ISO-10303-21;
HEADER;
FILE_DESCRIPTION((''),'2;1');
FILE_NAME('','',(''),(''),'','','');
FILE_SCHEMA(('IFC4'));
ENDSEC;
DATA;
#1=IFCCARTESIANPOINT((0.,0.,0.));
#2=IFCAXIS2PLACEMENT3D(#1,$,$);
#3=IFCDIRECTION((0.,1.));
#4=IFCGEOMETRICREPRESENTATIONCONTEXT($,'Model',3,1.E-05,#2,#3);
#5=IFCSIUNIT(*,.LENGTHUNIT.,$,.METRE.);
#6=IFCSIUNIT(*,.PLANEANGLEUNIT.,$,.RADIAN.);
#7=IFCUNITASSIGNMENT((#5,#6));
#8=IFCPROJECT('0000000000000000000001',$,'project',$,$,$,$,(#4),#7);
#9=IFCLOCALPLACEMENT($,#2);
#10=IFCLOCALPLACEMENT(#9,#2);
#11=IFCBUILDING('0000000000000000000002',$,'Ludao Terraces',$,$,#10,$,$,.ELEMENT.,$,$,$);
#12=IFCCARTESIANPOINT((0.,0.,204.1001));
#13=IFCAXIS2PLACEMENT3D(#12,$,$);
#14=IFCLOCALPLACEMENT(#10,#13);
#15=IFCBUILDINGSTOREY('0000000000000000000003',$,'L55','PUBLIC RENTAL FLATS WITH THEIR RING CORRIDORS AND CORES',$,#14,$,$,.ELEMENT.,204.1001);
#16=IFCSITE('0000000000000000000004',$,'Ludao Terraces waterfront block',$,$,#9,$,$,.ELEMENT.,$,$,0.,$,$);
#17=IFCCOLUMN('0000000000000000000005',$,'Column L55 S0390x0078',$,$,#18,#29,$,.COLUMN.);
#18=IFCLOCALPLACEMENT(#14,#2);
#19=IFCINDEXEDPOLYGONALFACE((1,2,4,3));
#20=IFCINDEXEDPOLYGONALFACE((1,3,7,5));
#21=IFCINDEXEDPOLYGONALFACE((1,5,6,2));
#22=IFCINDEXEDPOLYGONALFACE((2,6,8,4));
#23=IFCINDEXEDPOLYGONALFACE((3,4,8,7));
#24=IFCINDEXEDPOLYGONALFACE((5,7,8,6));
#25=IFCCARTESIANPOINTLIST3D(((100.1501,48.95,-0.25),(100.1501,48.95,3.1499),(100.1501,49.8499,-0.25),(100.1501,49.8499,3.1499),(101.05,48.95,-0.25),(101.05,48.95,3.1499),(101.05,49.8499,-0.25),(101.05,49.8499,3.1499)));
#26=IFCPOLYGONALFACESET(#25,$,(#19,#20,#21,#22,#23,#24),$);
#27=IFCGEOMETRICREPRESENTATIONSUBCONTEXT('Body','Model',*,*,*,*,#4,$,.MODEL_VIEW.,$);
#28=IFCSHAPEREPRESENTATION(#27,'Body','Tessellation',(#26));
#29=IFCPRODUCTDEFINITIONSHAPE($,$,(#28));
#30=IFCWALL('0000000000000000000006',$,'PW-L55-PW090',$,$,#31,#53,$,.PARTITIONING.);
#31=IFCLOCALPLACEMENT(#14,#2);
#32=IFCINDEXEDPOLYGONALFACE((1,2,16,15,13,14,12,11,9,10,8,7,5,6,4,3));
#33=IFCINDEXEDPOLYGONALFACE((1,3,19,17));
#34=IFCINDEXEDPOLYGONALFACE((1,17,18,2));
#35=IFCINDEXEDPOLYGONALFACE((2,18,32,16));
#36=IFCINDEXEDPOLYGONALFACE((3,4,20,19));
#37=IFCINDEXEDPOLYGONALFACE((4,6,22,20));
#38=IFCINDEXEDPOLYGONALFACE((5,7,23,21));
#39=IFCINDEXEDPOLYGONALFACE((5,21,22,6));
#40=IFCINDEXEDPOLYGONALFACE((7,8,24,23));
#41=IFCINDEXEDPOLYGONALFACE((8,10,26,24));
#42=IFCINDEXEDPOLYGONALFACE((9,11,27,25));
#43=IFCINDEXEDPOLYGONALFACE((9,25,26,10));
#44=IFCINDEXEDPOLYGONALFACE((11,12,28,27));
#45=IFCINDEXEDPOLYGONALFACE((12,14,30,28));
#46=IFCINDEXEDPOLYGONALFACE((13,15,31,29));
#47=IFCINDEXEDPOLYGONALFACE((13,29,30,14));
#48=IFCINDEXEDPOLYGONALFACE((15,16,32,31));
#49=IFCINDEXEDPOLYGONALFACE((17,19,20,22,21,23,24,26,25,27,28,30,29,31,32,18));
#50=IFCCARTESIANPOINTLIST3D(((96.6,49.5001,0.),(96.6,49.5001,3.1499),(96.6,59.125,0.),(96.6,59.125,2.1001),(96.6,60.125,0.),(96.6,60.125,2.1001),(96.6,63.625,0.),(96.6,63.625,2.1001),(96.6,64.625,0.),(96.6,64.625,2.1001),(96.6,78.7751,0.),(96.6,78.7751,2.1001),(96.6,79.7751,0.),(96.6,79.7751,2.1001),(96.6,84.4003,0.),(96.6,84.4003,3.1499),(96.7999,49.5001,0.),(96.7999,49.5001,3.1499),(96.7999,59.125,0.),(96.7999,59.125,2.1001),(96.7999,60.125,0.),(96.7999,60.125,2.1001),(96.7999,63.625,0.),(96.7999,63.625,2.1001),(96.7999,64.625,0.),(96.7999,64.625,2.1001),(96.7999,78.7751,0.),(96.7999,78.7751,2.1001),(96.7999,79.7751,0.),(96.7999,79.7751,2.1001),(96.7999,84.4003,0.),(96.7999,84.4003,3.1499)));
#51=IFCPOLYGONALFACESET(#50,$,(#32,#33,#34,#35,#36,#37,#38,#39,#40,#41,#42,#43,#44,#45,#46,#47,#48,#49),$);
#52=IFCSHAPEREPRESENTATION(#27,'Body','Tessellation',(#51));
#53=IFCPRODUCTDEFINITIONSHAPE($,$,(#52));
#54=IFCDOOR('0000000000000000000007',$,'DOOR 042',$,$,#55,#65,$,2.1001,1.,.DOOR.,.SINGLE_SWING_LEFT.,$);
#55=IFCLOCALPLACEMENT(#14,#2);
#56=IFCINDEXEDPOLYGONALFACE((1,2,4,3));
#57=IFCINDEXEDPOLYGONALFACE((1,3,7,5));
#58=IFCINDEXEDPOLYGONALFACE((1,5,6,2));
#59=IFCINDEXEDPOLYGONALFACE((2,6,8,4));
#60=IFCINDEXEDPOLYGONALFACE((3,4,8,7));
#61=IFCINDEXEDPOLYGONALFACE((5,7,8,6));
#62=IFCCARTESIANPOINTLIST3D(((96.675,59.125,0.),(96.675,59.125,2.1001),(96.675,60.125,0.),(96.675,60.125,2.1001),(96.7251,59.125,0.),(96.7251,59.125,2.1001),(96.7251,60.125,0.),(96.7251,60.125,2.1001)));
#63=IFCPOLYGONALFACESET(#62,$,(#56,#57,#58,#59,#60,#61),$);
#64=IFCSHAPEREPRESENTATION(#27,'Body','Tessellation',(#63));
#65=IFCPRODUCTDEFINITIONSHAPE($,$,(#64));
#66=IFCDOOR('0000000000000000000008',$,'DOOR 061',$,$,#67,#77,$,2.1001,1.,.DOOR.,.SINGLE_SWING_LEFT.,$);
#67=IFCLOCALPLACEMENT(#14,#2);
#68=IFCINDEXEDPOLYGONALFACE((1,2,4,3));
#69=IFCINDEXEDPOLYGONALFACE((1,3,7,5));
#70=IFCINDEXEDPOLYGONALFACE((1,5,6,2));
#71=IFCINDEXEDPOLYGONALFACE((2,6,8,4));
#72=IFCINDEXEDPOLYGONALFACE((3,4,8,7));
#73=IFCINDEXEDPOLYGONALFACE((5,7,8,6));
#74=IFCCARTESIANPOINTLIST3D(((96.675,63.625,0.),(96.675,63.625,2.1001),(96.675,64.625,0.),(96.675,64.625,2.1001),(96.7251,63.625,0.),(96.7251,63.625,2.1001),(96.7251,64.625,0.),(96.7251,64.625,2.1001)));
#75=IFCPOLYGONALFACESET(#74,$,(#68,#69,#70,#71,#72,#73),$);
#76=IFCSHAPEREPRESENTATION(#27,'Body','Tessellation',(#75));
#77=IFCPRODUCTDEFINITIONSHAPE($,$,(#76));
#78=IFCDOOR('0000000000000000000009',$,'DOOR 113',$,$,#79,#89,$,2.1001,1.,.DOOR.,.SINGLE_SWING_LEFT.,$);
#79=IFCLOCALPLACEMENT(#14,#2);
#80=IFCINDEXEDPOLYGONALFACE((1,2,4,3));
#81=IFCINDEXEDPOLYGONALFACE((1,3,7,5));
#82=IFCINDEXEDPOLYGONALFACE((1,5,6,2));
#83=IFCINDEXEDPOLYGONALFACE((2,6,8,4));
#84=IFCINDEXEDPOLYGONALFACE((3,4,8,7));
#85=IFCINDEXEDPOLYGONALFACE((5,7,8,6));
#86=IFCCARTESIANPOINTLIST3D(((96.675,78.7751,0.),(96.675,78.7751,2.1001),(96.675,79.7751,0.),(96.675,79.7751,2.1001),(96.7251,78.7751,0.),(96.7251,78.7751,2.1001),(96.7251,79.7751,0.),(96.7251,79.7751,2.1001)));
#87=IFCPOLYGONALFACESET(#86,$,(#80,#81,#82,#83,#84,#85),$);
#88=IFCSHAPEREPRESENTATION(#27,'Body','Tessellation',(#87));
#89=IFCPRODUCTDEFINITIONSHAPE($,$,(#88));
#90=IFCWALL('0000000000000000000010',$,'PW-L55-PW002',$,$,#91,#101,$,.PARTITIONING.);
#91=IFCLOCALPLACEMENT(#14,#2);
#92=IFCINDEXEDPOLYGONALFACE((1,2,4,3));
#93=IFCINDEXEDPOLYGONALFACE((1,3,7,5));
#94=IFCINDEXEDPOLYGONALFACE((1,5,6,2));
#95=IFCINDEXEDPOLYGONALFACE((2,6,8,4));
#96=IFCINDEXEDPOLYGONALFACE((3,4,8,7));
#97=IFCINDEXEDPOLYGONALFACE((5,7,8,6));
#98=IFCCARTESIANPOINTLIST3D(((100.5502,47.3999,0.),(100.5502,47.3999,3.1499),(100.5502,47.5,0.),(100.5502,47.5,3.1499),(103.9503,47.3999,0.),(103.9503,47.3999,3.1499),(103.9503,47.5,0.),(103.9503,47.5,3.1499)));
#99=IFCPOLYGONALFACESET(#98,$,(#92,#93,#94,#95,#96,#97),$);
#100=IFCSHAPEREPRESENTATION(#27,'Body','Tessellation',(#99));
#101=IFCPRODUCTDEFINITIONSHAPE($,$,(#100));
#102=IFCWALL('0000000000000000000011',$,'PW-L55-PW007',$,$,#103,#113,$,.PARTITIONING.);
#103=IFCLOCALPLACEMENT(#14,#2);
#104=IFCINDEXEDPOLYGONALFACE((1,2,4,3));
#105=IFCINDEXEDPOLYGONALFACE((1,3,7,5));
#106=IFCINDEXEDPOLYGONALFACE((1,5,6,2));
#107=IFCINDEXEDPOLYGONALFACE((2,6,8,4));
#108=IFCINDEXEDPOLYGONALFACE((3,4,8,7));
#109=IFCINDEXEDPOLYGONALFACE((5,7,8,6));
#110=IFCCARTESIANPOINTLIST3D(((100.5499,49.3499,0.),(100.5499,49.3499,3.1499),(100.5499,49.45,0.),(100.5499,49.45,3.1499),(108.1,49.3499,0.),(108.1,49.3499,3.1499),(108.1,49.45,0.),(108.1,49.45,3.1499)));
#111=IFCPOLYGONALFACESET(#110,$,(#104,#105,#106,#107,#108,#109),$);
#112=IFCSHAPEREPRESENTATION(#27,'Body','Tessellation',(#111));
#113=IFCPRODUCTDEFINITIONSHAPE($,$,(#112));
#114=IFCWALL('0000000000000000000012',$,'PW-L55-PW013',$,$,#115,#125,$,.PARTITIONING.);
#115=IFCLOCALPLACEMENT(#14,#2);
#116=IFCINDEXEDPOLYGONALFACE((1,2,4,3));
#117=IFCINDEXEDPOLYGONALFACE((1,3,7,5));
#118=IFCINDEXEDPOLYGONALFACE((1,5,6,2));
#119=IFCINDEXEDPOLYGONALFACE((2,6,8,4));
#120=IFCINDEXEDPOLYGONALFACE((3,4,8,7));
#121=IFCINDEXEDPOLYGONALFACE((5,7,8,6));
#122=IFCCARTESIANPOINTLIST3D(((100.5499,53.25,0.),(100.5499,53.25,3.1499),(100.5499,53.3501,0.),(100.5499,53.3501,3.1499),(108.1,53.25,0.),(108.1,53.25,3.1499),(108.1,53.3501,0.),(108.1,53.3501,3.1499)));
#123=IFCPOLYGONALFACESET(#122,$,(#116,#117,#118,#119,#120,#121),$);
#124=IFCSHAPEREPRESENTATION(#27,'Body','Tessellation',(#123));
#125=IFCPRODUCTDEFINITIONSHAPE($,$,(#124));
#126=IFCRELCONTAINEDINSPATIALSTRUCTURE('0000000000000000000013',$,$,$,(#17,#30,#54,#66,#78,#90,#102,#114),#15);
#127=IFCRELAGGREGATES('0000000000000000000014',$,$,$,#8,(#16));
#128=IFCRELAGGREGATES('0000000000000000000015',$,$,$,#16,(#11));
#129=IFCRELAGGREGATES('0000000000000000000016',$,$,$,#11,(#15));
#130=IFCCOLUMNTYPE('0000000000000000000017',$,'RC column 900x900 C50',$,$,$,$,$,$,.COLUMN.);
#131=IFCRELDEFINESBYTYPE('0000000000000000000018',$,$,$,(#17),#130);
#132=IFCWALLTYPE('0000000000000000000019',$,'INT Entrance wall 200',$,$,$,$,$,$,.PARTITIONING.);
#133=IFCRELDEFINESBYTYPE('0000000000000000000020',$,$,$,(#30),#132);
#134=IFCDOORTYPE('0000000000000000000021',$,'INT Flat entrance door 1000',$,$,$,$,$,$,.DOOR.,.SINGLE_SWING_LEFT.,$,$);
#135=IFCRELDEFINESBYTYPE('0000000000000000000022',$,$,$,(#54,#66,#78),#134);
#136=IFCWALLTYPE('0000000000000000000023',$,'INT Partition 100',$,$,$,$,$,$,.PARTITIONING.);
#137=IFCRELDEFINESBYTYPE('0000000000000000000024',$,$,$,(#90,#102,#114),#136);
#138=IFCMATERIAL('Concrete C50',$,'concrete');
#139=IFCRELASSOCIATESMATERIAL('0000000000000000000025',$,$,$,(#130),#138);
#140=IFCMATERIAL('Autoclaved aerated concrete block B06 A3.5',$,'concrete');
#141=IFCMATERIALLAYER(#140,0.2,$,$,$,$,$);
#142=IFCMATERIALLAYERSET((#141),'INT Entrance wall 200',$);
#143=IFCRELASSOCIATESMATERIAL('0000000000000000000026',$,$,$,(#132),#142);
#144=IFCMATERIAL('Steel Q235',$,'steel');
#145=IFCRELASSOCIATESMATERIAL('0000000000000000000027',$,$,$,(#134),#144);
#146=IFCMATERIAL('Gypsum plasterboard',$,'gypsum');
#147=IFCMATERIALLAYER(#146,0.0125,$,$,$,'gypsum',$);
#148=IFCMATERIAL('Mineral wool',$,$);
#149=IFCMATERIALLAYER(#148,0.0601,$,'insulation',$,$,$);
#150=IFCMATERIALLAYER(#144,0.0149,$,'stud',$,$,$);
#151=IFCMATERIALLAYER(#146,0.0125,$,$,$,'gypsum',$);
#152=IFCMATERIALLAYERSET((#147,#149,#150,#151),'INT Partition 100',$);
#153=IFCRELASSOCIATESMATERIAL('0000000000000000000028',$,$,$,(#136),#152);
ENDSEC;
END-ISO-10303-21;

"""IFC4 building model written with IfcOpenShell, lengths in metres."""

from ifc_helpers import new_model, si_unit, direction, frame, frame_2d, origin, origin_2d, place, context, subcontext, project, spatial, rectangle, extrude, material, layer, layer_set, material_profile, profile_set, type_object, element, fill, save


model = new_model("IFC4")

# Units and contexts
model_context = context("Model", 3, precision=1e-05, world=origin(), true_north=direction((0.0, 1.0)))
body_context = subcontext(model_context, "Body", "Model", "MODEL_VIEW")
ifc_project = project(units=[si_unit("LENGTHUNIT", "METRE"), si_unit("PLANEANGLEUNIT", "RADIAN")], contexts=[model_context])

# Site, building, storey
site_placement = place(None, origin())
site = spatial("IfcSite", under=ifc_project, at=site_placement, Name="Ludao Terraces waterfront block", CompositionType="ELEMENT", RefElevation=0.0)
building_placement = place(site_placement, origin())
building = spatial("IfcBuilding", under=site, at=building_placement, Name="Ludao Terraces", CompositionType="ELEMENT")
storey_placement = place(building_placement, frame((0.0, 0.0, 204.1001)))
storey = spatial("IfcBuildingStorey", under=building, at=storey_placement, Name="L55", Description="PUBLIC RENTAL FLATS WITH THEIR RING CORRIDORS AND CORES", CompositionType="ELEMENT", Elevation=204.1001)

# Column
ifc_material_1 = material(Name="Concrete C50", Category="concrete")
ifc_material_profile = material_profile(ifc_material_1, rectangle(XDim=0.8999, YDim=0.8999, at=origin_2d()), Name="900 X 900")
ifc_profile_set = profile_set([ifc_material_profile], Name="Concrete C50")
column_type = type_object("IfcColumnType", Name="RC column 900x900 C50", PredefinedType="COLUMN", material=ifc_profile_set)
column_placement = place(storey_placement, frame((100.6001, 49.3999, -0.25), z_axis=(0.0, 0.0, 1.0), x_axis=(1.0, 0.0, 0.0)))
element("IfcColumn", 1, at=column_placement, inside=storey, type_object=column_type, Name="Column L55 S0390x0078", PredefinedType="COLUMN", context=body_context, shape_type="SweptSolid", body=[
    extrude(rectangle(XDim=0.8999, YDim=0.8999, at=origin_2d()), origin(), (0.0, 0.0, 1.0), 3.3999),
])

# Wall, openings, doors
ifc_material_2 = material(Name="Autoclaved aerated concrete block B06 A3.5", Category="concrete")
ifc_layer_1 = layer(ifc_material_2, 0.2)
ifc_layer_set_1 = layer_set([ifc_layer_1], Name="INT Entrance wall 200")
wall_type_1 = type_object("IfcWallType", Name="INT Entrance wall 200", PredefinedType="PARTITIONING", material=ifc_layer_set_1)
wall_1_placement = place(storey_placement, frame((96.7, 49.5, 0.0), z_axis=(0.0, 0.0, 1.0), x_axis=(0.0, 1.0, 0.0)))
wall_1 = element("IfcWall", 2, at=wall_1_placement, inside=storey, type_object=wall_type_1, Name="PW-L55-PW090", PredefinedType="PARTITIONING", context=body_context, shape_type="SweptSolid", body=[
    extrude(rectangle(XDim=34.9001, YDim=0.2, at=frame_2d((17.4502, 0.0))), origin(), (0.0, 0.0, 1.0), 3.1499),
])
opening_1_placement = place(wall_1_placement, frame((9.625, 0.0, 0.0)))
opening_1 = element("IfcOpeningElement", 3, at=opening_1_placement, cuts=wall_1, PredefinedType="OPENING", context=body_context, shape_type="SweptSolid", body=[
    extrude(rectangle(XDim=1.0, YDim=2.1001, at=frame_2d((0.5, 1.05))), frame((0.0, 0.1099, 0.0), z_axis=(0.0, -1.0, 0.0), x_axis=(1.0, 0.0, 0.0)), (0.0, 0.0, 1.0), 0.22),
])
opening_2_placement = place(wall_1_placement, frame((14.125, 0.0, 0.0)))
opening_2 = element("IfcOpeningElement", 4, at=opening_2_placement, cuts=wall_1, PredefinedType="OPENING", context=body_context, shape_type="SweptSolid", body=[
    extrude(rectangle(XDim=1.0, YDim=2.1001, at=frame_2d((0.5, 1.05))), frame((0.0, 0.1099, 0.0), z_axis=(0.0, -1.0, 0.0), x_axis=(1.0, 0.0, 0.0)), (0.0, 0.0, 1.0), 0.22),
])
opening_3_placement = place(wall_1_placement, frame((29.2751, 0.0, 0.0)))
opening_3 = element("IfcOpeningElement", 5, at=opening_3_placement, cuts=wall_1, PredefinedType="OPENING", context=body_context, shape_type="SweptSolid", body=[
    extrude(rectangle(XDim=1.0, YDim=2.1001, at=frame_2d((0.5, 1.05))), frame((0.0, 0.1099, 0.0), z_axis=(0.0, -1.0, 0.0), x_axis=(1.0, 0.0, 0.0)), (0.0, 0.0, 1.0), 0.22),
])
ifc_material_3 = material(Name="Steel Q235", Category="steel")
door_type = type_object("IfcDoorType", Name="INT Flat entrance door 1000", OperationType="SINGLE_SWING_LEFT", PredefinedType="DOOR", material=ifc_material_3)
door_1_placement = place(opening_1_placement, origin())
door_1 = element("IfcDoor", 6, at=door_1_placement, inside=storey, type_object=door_type, Name="DOOR 042", OperationType="SINGLE_SWING_LEFT", OverallHeight=2.1001, OverallWidth=1.0, PredefinedType="DOOR", context=body_context, shape_type="SweptSolid", body=[
    extrude(rectangle(XDim=1.0, YDim=2.1001, at=frame_2d((0.5, 1.05))), frame((0.0, 0.0249, 0.0), z_axis=(0.0, -1.0, 0.0), x_axis=(1.0, 0.0, 0.0)), (0.0, 0.0, 1.0), 0.05),
])
fill(opening_1, door_1)
door_2_placement = place(opening_2_placement, origin())
door_2 = element("IfcDoor", 7, at=door_2_placement, inside=storey, type_object=door_type, Name="DOOR 061", OperationType="SINGLE_SWING_LEFT", OverallHeight=2.1001, OverallWidth=1.0, PredefinedType="DOOR", context=body_context, shape_type="SweptSolid", body=[
    extrude(rectangle(XDim=1.0, YDim=2.1001, at=frame_2d((0.5, 1.05))), frame((0.0, 0.0249, 0.0), z_axis=(0.0, -1.0, 0.0), x_axis=(1.0, 0.0, 0.0)), (0.0, 0.0, 1.0), 0.05),
])
fill(opening_2, door_2)
door_3_placement = place(opening_3_placement, origin())
door_3 = element("IfcDoor", 8, at=door_3_placement, inside=storey, type_object=door_type, Name="DOOR 113", OperationType="SINGLE_SWING_LEFT", OverallHeight=2.1001, OverallWidth=1.0, PredefinedType="DOOR", context=body_context, shape_type="SweptSolid", body=[
    extrude(rectangle(XDim=1.0, YDim=2.1001, at=frame_2d((0.5, 1.05))), frame((0.0, 0.0249, 0.0), z_axis=(0.0, -1.0, 0.0), x_axis=(1.0, 0.0, 0.0)), (0.0, 0.0, 1.0), 0.05),
])
fill(opening_3, door_3)

# Walls
ifc_material_4 = material(Name="Gypsum plasterboard", Category="gypsum")
ifc_layer_2 = layer(ifc_material_4, 0.0125, Category="gypsum")
ifc_material_5 = material(Name="Mineral wool")
ifc_layer_3 = layer(ifc_material_5, 0.0601, Name="insulation")
ifc_layer_4 = layer(ifc_material_3, 0.0149, Name="stud")
ifc_layer_5 = layer(ifc_material_4, 0.0125, Category="gypsum")
ifc_layer_set_2 = layer_set([ifc_layer_2, ifc_layer_3, ifc_layer_4, ifc_layer_5], Name="INT Partition 100")
wall_type_2 = type_object("IfcWallType", Name="INT Partition 100", PredefinedType="PARTITIONING", material=ifc_layer_set_2)
wall_2_placement = place(storey_placement, frame((100.55, 47.45, 0.0), z_axis=(0.0, 0.0, 1.0), x_axis=(1.0, 0.0, 0.0)))
element("IfcWall", 9, at=wall_2_placement, inside=storey, type_object=wall_type_2, Name="PW-L55-PW002", PredefinedType="PARTITIONING", context=body_context, shape_type="SweptSolid", body=[
    extrude(rectangle(XDim=3.4001, YDim=0.1001, at=frame_2d((1.7002, 0.0))), origin(), (0.0, 0.0, 1.0), 3.1499),
])
for number, where, z_axis, x_axis, name in (
    (10, (100.55, 49.3999, 0.0), (0.0, 0.0, 1.0), (1.0, 0.0, 0.0), "PW-L55-PW007"),
    (11, (100.55, 53.3, 0.0), (0.0, 0.0, 1.0), (1.0, 0.0, 0.0), "PW-L55-PW013"),
):
    element("IfcWall", number, at=place(storey_placement, frame(where, z_axis=z_axis, x_axis=x_axis)), inside=storey, type_object=wall_type_2, Name=name, PredefinedType="PARTITIONING", context=body_context, shape_type="SweptSolid", body=[
        extrude(rectangle(XDim=7.55, YDim=0.1001, at=frame_2d((3.7749, 0.0))), origin(), (0.0, 0.0, 1.0), 3.1499),
    ])

save(model, "model.ifc")
